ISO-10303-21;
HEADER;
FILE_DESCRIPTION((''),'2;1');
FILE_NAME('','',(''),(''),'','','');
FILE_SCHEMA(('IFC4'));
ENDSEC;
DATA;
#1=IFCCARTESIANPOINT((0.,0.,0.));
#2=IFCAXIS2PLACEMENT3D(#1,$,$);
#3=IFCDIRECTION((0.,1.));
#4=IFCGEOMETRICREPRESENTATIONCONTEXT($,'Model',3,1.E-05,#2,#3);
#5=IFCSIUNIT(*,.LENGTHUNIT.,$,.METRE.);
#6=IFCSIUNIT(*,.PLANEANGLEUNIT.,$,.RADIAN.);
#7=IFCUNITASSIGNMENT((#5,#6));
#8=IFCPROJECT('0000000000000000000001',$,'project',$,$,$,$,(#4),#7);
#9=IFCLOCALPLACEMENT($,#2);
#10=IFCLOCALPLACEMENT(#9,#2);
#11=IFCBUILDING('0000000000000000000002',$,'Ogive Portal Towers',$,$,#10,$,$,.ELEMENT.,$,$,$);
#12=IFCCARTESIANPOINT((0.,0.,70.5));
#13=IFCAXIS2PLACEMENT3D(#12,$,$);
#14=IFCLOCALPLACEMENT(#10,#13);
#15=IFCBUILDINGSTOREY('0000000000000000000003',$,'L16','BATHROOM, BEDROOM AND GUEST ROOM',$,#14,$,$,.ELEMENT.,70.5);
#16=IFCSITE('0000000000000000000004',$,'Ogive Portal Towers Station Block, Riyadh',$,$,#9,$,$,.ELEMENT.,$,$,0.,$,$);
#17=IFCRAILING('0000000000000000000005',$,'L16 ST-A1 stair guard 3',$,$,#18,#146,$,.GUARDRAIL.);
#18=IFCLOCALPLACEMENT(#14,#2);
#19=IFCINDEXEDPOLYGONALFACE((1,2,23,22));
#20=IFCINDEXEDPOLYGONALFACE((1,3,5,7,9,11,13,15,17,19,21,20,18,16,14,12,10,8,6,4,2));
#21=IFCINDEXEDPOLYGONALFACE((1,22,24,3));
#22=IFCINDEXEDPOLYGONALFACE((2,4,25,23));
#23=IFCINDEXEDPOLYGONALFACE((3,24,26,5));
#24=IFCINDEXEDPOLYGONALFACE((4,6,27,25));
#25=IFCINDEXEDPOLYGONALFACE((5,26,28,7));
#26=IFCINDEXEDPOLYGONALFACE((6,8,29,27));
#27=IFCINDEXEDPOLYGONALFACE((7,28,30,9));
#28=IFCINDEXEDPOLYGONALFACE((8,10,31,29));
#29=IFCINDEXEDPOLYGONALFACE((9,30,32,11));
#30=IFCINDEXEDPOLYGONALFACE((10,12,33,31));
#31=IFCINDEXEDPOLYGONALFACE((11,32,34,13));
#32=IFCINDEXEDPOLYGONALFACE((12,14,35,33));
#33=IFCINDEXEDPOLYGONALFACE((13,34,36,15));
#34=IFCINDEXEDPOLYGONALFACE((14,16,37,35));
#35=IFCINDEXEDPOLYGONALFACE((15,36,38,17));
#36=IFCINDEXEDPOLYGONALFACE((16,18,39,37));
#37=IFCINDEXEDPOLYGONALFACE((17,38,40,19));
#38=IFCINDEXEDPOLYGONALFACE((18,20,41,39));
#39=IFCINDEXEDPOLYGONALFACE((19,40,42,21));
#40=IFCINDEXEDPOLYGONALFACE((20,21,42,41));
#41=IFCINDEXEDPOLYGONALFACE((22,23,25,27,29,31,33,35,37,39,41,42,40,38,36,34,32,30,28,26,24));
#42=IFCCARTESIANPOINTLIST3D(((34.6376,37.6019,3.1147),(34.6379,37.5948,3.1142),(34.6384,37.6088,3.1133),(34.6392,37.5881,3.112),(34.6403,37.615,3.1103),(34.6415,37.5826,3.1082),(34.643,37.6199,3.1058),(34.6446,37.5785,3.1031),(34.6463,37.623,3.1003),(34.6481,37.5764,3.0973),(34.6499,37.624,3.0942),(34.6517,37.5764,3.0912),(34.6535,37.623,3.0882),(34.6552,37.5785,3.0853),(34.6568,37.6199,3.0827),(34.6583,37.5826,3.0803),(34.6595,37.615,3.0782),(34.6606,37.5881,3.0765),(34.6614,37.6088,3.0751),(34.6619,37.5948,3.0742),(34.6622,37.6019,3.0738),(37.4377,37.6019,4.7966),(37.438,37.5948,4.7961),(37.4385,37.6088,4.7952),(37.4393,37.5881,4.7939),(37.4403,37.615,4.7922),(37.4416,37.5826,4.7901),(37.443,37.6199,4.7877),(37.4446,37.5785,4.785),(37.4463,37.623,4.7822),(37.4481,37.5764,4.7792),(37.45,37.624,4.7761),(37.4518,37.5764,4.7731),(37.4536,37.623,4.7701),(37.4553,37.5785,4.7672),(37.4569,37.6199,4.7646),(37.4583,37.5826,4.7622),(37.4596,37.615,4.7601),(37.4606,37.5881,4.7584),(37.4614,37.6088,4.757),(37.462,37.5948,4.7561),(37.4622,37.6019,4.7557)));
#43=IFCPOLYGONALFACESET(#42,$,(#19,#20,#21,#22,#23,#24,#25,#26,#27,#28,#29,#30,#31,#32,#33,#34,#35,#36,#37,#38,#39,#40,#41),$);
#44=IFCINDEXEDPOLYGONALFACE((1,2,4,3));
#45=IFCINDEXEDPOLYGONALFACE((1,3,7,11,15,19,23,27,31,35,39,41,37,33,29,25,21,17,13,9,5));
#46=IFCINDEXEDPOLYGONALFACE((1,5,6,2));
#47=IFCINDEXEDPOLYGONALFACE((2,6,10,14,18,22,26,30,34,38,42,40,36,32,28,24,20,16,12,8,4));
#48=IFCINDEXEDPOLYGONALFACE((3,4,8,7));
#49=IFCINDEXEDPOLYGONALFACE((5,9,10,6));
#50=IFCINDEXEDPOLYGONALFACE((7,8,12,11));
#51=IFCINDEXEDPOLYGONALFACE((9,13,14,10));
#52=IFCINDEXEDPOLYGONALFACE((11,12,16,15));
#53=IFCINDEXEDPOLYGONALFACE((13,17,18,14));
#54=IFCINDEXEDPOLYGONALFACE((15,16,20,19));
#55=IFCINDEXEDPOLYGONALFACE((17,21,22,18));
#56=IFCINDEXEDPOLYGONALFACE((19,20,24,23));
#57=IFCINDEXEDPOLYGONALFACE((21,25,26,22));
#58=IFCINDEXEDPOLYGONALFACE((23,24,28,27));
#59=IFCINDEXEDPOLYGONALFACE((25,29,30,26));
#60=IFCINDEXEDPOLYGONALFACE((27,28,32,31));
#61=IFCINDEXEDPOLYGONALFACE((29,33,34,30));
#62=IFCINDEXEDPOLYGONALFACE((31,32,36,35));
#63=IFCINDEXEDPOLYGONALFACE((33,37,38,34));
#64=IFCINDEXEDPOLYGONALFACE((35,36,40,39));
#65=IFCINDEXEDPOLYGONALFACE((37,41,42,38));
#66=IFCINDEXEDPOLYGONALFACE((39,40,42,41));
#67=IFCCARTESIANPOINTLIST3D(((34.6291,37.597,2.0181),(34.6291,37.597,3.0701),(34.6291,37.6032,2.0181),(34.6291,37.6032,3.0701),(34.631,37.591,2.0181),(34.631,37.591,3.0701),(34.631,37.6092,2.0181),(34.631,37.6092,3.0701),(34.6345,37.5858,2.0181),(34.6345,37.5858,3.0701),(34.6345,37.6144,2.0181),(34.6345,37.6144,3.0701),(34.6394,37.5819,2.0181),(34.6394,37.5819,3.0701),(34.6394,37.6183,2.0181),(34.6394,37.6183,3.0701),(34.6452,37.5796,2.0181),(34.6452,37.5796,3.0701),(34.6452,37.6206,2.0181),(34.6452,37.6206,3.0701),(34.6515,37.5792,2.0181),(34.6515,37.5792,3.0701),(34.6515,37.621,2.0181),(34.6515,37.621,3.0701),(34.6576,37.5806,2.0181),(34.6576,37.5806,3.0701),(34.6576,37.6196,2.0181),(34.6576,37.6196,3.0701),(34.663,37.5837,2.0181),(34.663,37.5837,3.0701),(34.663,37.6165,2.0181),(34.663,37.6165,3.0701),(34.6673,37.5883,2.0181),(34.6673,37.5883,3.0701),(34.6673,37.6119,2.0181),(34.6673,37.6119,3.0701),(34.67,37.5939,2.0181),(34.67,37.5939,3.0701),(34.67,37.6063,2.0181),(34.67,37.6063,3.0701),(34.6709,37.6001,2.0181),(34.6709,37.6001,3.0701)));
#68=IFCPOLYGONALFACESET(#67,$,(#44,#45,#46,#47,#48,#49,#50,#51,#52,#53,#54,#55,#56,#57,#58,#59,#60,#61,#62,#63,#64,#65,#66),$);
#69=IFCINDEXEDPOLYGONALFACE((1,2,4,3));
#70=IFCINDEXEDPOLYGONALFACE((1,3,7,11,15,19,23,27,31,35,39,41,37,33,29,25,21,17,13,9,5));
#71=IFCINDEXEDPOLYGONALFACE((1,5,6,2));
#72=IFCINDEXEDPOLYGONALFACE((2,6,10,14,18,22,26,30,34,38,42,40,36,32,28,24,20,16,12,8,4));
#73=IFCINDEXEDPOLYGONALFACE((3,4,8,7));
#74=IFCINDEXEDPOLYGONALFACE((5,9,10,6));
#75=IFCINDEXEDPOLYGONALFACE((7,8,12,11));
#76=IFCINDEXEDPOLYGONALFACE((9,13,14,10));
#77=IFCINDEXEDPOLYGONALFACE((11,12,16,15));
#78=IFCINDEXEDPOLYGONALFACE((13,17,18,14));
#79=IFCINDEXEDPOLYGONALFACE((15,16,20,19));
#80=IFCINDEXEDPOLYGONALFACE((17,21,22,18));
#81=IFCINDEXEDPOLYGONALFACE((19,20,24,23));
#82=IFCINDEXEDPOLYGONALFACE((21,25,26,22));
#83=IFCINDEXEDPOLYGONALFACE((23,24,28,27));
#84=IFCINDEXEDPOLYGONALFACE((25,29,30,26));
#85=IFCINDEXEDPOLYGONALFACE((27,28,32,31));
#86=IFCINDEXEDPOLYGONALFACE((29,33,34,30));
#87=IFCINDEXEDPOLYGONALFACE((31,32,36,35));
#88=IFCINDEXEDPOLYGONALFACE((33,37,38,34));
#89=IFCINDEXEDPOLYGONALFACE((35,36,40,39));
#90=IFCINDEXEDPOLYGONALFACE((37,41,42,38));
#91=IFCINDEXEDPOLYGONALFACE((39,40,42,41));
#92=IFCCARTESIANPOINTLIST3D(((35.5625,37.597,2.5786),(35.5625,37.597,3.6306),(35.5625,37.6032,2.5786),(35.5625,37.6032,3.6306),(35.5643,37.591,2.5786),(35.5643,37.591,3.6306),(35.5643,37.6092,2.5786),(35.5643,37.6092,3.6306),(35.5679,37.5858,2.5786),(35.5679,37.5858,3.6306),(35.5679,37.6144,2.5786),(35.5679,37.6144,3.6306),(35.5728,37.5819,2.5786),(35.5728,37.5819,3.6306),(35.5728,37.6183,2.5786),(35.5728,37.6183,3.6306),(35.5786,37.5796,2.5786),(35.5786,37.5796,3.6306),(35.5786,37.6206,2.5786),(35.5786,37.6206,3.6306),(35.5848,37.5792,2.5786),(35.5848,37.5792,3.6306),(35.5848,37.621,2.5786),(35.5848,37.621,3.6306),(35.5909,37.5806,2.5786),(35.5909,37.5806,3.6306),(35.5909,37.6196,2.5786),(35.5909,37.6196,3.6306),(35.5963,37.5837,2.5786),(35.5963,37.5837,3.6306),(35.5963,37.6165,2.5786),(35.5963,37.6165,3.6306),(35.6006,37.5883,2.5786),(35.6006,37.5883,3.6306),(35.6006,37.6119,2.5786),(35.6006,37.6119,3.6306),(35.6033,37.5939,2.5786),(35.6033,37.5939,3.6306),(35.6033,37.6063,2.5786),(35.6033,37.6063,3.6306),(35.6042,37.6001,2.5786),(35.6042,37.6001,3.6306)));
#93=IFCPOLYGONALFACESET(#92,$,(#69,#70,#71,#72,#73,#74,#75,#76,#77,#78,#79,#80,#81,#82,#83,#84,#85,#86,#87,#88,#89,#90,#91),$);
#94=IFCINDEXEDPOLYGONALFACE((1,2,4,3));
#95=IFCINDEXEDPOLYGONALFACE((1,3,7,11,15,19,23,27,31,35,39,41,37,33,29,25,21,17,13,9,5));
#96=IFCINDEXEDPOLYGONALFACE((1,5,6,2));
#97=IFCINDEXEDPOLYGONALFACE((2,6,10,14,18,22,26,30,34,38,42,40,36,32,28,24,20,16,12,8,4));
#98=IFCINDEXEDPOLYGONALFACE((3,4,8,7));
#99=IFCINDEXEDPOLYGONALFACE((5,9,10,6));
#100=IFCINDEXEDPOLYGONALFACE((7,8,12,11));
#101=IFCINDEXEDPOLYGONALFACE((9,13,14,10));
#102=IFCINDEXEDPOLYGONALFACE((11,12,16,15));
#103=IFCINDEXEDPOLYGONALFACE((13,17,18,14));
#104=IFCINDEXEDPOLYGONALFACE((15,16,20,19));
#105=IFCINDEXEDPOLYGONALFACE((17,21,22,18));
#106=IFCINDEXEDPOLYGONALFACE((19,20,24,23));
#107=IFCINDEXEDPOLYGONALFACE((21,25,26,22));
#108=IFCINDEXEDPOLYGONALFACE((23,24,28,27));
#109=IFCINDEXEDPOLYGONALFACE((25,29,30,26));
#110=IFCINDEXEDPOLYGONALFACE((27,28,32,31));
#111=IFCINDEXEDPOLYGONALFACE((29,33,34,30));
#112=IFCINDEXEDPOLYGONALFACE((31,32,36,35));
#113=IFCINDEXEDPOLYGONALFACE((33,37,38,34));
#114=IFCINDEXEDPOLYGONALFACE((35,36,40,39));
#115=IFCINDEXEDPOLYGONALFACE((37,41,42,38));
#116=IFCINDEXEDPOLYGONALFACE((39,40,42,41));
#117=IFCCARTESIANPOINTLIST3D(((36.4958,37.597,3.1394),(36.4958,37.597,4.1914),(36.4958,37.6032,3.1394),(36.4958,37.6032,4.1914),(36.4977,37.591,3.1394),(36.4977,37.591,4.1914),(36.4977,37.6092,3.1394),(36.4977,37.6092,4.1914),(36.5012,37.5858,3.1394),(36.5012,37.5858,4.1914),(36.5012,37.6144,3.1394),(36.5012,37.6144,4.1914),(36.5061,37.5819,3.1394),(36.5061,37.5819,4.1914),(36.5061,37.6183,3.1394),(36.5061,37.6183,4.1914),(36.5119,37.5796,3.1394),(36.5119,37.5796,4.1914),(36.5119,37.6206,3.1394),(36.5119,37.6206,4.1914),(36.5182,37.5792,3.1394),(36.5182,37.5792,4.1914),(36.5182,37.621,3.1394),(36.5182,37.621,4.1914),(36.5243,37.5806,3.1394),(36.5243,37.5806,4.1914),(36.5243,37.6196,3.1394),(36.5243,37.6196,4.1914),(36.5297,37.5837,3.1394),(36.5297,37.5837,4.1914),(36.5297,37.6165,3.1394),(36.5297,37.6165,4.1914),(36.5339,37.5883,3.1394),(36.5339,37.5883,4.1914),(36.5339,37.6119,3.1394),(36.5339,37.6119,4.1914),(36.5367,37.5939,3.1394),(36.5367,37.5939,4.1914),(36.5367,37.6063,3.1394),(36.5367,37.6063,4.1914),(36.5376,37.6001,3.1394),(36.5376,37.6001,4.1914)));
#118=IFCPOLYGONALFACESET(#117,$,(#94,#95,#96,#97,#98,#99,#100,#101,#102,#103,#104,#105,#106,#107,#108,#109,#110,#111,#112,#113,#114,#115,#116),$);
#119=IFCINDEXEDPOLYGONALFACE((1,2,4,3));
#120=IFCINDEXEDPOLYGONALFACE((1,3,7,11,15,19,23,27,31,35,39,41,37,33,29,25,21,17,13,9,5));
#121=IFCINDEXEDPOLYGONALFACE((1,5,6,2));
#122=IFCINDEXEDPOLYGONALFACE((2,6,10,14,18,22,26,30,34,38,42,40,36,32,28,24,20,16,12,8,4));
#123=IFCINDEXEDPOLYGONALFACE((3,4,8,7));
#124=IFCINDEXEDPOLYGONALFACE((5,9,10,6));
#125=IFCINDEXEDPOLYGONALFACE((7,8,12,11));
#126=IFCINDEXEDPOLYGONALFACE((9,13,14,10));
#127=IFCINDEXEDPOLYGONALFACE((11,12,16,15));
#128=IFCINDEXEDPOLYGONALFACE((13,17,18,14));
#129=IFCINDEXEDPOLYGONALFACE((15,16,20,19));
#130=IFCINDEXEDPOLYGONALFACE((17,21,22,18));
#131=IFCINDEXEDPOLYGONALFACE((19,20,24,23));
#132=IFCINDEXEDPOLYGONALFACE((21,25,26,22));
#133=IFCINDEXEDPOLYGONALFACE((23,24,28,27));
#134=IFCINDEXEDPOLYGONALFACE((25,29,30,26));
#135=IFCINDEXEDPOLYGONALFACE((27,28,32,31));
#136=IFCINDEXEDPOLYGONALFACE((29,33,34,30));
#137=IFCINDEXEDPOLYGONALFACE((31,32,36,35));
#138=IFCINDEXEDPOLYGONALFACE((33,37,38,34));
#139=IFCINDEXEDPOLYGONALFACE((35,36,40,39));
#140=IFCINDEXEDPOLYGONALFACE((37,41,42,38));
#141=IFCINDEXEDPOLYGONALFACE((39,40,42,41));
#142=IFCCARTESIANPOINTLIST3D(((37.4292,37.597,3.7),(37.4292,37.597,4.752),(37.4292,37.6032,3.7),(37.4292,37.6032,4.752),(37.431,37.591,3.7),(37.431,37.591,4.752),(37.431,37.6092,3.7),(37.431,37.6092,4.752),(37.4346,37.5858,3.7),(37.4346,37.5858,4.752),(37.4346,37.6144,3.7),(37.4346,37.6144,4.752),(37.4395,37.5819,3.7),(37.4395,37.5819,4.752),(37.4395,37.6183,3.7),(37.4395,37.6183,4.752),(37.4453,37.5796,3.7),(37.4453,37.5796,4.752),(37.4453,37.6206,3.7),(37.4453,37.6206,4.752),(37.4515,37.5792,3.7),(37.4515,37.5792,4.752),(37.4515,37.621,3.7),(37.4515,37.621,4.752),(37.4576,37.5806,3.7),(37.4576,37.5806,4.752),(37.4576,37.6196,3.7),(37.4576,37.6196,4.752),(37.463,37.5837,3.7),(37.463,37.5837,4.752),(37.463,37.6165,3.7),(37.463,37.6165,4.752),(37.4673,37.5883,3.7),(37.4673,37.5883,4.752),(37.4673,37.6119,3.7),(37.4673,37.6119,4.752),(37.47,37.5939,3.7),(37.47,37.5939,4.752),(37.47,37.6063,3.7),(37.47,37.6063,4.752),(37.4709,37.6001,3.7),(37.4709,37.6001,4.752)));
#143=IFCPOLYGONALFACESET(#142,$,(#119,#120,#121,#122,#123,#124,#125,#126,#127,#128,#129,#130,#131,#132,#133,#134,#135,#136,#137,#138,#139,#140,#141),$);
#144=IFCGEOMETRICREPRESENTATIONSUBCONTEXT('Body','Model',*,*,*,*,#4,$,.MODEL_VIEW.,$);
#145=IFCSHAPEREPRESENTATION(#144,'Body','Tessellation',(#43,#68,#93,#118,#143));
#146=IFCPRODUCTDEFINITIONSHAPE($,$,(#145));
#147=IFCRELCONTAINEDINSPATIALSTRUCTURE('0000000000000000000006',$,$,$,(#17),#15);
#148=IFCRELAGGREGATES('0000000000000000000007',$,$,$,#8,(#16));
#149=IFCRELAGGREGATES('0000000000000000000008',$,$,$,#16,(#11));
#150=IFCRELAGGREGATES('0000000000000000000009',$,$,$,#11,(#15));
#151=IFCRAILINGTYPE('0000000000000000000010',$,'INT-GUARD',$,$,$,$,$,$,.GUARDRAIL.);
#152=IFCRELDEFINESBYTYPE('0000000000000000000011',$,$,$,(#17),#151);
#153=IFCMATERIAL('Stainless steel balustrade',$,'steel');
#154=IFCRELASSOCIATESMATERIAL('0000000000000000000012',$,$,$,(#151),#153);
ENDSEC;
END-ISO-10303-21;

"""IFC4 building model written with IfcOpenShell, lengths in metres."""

from ifc_helpers import new_model, si_unit, direction, frame, origin, origin_2d, place, context, subcontext, project, spatial, circle, extrude, material, type_object, element, save


model = new_model("IFC4")

# Units and contexts
model_context = context("Model", 3, precision=1e-05, world=origin(), true_north=direction((0.0, 1.0)))
body_context = subcontext(model_context, "Body", "Model", "MODEL_VIEW")
ifc_project = project(units=[si_unit("LENGTHUNIT", "METRE"), si_unit("PLANEANGLEUNIT", "RADIAN")], contexts=[model_context])

# Site, building, storey
site_placement = place(None, origin())
site = spatial("IfcSite", under=ifc_project, at=site_placement, Name="Ogive Portal Towers Station Block, Riyadh", CompositionType="ELEMENT", RefElevation=0.0)
building_placement = place(site_placement, origin())
building = spatial("IfcBuilding", under=site, at=building_placement, Name="Ogive Portal Towers", CompositionType="ELEMENT")
storey_placement = place(building_placement, frame((0.0, 0.0, 70.5)))
storey = spatial("IfcBuildingStorey", under=building, at=storey_placement, Name="L16", Description="BATHROOM, BEDROOM AND GUEST ROOM", CompositionType="ELEMENT", Elevation=70.5)

# Railing
ifc_material_1 = material(Name="Stainless steel balustrade", Category="steel")
railing_type_1 = type_object("IfcRailingType", Name="INT-GUARD", PredefinedType="GUARDRAIL", material=ifc_material_1)
railing_1_placement = place(storey_placement, frame((34.6499, 37.6001, 2.0181)))
element("IfcRailing", 1, at=railing_1_placement, inside=storey, type_object=railing_type_1, Name="L16 ST-A1 stair guard 3", PredefinedType="GUARDRAIL", context=body_context, shape_type="SweptSolid", body=[
    extrude(circle(Radius=0.0239, at=origin_2d()), frame((0.0, 0.0, 1.0762), z_axis=(0.857242, 0.0, 0.514913), x_axis=(0.0, 1.0, 0.0)), (0.0, 0.0, 1.0), 3.2664),
    extrude(circle(Radius=0.021, at=origin_2d()), origin(), (0.0, 0.0, 1.0), 1.052),
    extrude(circle(Radius=0.021, at=origin_2d()), frame((0.9333, 0.0, 0.5605)), (0.0, 0.0, 1.0), 1.052),
    extrude(circle(Radius=0.021, at=origin_2d()), frame((1.8667, 0.0, 1.1213)), (0.0, 0.0, 1.0), 1.052),
    extrude(circle(Radius=0.021, at=origin_2d()), frame((2.8, 0.0, 1.6819)), (0.0, 0.0, 1.0), 1.052),
])

save(model, "model.ifc")
